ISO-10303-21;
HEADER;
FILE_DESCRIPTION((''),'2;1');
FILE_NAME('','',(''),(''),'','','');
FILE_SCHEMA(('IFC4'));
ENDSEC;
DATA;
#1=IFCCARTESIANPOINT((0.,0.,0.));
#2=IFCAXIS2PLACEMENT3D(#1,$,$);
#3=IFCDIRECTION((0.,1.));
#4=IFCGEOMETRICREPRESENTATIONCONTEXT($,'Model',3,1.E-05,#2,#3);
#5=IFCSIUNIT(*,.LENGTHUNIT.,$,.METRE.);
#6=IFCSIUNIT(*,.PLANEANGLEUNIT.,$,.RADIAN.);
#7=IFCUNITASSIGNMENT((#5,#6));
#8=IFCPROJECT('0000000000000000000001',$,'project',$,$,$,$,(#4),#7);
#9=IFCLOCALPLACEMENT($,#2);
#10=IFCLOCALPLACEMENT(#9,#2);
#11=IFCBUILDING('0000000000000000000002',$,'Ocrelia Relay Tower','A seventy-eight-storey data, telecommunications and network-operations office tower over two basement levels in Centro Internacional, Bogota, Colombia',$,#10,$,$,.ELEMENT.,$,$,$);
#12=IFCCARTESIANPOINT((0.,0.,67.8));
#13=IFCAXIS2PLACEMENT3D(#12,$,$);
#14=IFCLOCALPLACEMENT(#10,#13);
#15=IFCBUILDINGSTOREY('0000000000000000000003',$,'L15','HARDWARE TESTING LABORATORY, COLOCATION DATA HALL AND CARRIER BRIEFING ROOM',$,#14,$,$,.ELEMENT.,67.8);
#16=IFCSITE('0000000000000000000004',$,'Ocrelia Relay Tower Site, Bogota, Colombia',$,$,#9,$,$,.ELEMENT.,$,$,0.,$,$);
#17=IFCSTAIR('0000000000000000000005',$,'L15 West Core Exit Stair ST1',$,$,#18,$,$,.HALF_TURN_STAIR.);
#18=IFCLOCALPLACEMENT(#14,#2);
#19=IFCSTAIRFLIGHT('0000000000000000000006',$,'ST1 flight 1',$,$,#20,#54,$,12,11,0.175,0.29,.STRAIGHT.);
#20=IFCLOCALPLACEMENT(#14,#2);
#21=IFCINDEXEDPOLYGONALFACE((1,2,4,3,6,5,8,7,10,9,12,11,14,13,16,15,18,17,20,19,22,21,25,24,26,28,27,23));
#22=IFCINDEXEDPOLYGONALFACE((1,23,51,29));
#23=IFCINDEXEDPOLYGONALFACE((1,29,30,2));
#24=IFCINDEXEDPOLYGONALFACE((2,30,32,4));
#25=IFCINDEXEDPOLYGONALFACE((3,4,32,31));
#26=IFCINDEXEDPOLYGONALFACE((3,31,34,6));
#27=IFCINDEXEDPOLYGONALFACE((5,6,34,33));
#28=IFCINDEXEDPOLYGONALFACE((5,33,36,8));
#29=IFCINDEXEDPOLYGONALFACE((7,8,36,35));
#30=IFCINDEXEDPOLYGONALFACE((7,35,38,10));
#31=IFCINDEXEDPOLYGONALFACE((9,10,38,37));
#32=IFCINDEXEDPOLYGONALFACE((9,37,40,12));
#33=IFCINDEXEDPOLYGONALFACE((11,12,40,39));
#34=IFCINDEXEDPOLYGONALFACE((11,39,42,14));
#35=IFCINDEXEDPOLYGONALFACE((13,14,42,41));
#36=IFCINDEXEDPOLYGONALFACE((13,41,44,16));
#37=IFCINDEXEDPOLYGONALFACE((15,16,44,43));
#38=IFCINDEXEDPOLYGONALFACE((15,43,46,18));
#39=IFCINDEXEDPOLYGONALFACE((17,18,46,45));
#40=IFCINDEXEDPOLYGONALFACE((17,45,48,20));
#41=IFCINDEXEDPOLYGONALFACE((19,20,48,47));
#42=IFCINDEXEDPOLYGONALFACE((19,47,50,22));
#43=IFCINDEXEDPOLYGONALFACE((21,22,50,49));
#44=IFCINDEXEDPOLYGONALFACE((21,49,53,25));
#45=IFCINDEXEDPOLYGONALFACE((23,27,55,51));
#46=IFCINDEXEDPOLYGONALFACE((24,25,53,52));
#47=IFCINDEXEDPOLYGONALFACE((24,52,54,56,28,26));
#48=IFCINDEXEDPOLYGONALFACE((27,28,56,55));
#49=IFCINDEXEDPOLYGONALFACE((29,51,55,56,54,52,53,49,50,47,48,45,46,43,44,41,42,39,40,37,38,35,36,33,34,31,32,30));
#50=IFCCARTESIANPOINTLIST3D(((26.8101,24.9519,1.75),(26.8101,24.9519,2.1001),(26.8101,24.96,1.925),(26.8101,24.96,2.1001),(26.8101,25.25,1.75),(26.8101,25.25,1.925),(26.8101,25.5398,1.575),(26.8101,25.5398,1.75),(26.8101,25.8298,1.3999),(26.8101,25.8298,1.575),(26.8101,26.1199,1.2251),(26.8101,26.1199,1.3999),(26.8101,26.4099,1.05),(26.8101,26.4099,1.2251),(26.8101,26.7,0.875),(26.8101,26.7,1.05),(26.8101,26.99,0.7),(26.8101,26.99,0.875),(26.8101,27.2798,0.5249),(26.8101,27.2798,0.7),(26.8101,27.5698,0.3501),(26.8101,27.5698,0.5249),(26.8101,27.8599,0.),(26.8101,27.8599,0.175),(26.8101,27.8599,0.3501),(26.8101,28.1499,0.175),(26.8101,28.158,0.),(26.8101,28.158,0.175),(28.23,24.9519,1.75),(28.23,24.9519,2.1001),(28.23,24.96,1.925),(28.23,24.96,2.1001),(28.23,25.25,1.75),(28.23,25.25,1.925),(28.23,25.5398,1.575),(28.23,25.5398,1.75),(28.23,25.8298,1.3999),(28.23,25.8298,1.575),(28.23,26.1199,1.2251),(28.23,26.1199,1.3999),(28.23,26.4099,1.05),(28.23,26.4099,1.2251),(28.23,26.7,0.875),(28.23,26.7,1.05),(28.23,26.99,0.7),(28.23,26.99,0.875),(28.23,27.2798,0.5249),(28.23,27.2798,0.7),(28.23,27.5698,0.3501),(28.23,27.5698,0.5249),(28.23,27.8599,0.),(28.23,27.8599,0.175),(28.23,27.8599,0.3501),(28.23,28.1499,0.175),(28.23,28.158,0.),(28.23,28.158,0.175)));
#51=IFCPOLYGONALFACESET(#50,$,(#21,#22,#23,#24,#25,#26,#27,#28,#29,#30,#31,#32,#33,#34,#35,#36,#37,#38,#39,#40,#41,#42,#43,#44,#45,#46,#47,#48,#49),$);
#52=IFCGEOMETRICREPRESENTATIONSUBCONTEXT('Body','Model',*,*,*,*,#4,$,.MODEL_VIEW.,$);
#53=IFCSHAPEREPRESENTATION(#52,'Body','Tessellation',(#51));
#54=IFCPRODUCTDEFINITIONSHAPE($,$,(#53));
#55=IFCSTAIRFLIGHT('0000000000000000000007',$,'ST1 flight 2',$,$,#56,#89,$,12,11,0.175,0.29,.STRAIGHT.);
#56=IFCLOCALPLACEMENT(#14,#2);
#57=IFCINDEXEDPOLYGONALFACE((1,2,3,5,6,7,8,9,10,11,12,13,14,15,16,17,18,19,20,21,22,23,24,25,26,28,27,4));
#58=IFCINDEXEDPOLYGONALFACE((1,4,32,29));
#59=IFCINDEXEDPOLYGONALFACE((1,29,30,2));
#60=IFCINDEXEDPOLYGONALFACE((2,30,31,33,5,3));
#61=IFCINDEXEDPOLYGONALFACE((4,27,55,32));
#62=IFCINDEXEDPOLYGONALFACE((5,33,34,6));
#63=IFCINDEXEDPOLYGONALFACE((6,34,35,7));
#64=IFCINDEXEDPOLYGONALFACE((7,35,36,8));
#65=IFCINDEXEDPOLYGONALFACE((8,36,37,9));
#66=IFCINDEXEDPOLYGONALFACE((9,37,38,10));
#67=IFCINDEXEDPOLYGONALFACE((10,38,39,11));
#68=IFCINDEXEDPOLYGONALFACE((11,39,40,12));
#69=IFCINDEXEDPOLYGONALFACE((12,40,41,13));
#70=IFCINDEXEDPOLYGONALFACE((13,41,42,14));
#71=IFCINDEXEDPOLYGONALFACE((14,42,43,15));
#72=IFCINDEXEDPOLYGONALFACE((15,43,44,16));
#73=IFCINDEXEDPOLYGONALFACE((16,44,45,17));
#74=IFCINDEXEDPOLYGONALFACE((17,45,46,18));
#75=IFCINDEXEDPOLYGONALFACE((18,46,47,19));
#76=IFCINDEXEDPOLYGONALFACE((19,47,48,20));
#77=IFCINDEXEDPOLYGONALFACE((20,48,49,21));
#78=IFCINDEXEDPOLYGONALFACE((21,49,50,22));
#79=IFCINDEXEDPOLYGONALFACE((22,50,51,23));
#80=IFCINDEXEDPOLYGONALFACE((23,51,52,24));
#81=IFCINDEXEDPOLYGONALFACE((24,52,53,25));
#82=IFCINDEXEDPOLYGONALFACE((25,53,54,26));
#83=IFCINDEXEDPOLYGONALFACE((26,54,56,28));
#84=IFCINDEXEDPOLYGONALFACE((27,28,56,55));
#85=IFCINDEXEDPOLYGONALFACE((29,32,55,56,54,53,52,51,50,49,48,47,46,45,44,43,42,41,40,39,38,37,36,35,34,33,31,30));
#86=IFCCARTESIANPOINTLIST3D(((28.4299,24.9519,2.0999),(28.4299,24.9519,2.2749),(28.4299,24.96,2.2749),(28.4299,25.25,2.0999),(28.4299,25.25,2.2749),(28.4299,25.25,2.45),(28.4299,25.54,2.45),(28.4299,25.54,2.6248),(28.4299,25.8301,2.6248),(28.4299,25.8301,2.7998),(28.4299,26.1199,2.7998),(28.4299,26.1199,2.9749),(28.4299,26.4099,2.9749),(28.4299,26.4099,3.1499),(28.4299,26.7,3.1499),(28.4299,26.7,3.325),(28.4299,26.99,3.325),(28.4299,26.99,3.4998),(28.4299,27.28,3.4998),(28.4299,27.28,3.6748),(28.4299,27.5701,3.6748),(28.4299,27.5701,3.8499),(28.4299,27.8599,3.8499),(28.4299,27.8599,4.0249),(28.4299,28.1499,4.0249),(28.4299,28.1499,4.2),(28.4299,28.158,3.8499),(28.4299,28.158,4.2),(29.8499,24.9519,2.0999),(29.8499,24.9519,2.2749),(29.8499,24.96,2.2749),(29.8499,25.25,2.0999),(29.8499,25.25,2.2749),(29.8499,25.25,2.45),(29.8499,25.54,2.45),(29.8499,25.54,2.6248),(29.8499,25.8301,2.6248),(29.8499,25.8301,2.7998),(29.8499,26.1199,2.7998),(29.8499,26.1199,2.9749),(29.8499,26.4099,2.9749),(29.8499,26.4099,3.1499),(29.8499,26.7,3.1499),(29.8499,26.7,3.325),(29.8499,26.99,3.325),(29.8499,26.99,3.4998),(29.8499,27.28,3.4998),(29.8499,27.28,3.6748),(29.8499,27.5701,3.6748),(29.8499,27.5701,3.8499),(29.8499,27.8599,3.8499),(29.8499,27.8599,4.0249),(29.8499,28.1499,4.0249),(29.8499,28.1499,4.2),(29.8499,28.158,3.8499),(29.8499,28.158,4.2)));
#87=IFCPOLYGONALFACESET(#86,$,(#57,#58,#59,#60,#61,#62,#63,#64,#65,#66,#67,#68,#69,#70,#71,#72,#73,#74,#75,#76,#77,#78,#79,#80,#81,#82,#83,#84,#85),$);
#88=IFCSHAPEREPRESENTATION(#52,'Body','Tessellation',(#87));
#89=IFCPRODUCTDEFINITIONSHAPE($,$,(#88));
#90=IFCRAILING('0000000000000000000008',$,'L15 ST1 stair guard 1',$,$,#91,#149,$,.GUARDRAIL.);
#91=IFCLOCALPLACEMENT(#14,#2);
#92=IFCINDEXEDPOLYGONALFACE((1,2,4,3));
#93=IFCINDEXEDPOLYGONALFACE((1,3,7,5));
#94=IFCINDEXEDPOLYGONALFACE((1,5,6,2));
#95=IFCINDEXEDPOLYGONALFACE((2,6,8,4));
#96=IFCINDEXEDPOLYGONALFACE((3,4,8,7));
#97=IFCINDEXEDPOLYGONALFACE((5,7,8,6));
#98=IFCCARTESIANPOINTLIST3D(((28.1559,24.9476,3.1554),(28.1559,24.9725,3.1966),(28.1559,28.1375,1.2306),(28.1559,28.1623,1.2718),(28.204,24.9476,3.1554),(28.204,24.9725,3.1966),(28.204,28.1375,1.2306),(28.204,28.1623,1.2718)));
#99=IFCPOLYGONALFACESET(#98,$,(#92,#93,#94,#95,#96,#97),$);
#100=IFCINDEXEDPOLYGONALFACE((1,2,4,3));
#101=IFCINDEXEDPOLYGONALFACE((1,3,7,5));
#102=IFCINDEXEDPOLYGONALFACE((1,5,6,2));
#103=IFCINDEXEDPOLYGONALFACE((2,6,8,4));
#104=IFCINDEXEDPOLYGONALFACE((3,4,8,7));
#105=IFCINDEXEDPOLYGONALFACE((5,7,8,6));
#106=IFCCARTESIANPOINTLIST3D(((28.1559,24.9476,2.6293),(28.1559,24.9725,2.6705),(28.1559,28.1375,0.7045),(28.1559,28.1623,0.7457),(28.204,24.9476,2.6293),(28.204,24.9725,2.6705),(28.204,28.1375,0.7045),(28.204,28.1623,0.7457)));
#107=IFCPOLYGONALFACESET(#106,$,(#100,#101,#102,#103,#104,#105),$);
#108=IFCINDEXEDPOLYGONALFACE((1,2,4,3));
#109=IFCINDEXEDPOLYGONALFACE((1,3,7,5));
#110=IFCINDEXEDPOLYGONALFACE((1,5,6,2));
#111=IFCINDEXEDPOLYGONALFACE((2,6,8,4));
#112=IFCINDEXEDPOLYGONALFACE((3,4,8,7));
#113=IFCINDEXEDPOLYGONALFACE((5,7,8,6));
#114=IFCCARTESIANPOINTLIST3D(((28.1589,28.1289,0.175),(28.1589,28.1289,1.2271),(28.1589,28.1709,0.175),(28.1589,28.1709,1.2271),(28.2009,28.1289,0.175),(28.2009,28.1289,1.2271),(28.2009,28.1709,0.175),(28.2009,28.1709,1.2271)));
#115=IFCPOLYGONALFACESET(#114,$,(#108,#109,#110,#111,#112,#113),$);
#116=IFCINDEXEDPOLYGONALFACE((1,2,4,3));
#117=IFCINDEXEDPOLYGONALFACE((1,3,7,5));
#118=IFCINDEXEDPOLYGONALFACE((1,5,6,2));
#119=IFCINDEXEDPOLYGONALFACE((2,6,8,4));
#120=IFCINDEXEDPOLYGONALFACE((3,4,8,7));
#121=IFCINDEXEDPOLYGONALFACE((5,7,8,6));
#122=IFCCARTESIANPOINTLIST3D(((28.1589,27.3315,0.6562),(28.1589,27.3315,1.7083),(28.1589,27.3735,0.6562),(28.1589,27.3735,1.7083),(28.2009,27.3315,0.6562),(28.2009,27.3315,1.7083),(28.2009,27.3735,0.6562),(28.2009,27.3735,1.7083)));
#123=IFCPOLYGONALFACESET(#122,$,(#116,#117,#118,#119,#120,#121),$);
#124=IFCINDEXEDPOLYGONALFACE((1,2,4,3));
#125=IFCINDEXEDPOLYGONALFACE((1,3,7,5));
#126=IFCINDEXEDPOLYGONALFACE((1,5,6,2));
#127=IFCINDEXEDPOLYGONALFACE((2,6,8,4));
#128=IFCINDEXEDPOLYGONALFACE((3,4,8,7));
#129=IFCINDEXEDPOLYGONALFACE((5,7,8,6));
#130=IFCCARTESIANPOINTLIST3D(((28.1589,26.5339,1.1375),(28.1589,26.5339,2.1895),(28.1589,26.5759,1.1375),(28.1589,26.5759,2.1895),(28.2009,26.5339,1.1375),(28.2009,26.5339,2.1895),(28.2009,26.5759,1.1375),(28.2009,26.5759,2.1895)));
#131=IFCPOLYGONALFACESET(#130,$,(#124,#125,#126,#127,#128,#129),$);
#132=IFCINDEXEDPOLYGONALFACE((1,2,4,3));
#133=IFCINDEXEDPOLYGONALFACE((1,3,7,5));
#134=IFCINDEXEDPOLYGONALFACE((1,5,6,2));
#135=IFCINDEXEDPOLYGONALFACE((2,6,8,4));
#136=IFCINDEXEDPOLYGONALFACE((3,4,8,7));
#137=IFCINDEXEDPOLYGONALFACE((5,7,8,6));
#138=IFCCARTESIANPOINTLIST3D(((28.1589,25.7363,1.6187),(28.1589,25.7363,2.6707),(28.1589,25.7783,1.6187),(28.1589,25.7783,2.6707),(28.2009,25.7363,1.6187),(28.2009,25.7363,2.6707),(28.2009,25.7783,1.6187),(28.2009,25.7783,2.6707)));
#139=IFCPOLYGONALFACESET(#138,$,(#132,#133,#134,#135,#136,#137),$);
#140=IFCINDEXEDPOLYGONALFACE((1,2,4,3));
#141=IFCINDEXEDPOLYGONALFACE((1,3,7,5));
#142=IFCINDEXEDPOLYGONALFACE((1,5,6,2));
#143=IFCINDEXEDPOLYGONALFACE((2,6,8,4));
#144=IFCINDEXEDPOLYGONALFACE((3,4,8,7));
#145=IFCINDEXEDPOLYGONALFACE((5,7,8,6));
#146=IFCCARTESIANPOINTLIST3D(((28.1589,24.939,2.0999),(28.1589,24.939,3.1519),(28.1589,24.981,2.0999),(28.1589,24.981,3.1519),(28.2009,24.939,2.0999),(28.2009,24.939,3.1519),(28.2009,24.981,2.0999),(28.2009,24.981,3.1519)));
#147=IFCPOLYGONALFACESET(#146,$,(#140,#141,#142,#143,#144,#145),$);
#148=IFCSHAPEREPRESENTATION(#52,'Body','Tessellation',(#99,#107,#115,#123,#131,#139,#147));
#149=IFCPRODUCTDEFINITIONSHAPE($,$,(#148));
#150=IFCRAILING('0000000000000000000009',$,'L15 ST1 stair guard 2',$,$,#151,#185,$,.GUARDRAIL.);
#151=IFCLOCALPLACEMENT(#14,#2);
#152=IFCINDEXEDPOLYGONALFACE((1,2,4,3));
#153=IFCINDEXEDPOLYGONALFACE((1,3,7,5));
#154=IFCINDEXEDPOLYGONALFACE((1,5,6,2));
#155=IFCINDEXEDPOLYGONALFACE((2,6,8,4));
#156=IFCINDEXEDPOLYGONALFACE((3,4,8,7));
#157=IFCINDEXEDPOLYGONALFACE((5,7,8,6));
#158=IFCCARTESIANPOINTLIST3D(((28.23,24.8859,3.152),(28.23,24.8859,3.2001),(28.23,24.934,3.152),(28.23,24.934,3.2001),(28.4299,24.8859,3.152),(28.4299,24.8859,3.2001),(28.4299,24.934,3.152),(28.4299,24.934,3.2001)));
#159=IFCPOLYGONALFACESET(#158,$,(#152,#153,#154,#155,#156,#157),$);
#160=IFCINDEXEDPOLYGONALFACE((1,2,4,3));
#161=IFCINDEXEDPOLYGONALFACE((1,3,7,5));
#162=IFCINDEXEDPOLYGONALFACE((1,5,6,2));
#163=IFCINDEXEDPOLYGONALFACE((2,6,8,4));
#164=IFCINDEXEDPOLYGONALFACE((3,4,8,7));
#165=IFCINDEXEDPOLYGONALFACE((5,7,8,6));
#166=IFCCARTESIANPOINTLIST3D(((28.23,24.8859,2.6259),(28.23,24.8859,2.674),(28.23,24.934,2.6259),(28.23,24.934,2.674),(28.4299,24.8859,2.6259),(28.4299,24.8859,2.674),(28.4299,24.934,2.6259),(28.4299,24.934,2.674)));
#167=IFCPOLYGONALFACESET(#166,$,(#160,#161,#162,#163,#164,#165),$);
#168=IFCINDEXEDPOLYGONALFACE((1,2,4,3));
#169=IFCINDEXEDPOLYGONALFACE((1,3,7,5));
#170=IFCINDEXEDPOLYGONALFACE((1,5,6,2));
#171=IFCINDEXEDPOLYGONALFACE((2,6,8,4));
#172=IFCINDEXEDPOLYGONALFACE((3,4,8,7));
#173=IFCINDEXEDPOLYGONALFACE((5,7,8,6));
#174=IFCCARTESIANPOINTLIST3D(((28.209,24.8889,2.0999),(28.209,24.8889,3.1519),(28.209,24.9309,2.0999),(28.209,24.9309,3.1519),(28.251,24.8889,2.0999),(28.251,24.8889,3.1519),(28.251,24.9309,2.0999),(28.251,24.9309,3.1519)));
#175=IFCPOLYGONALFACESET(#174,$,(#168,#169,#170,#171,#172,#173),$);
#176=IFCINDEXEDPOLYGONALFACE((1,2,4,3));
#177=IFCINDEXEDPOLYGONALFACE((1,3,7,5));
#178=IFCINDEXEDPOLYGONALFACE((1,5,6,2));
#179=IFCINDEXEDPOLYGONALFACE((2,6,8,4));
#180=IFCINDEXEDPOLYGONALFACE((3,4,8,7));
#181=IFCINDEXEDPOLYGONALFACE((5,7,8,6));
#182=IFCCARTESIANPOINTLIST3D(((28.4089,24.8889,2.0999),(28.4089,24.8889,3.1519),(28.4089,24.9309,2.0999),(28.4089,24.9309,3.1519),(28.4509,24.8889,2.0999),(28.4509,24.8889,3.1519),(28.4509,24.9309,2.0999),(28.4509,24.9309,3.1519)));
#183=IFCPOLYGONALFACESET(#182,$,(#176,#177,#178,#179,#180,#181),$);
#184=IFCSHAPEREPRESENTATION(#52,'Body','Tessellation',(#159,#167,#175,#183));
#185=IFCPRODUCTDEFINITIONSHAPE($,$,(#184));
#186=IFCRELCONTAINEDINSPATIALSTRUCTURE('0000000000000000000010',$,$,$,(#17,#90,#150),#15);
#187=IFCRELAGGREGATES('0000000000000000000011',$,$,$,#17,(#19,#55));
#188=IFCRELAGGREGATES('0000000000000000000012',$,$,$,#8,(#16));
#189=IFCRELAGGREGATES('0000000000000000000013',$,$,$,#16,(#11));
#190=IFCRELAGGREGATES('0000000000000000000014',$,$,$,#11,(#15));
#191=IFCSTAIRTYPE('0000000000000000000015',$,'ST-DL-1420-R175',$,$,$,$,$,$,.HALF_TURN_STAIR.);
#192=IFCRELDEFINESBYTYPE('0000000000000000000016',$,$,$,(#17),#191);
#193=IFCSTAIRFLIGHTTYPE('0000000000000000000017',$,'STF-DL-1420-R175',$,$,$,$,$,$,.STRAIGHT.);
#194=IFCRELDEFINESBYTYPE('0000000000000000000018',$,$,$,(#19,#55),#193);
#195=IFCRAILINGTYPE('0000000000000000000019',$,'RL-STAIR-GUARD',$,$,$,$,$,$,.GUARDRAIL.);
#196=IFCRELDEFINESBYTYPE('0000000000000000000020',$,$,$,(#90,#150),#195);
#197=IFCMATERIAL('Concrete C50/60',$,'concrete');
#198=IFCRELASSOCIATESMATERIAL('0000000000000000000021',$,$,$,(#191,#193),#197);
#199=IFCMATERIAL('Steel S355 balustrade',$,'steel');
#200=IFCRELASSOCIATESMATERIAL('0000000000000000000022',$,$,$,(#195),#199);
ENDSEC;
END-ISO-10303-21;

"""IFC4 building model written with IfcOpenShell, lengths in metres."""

from ifc_helpers import new_model, si_unit, direction, frame, origin, origin_2d, place, context, subcontext, project, spatial, polyline, rectangle, outline, extrude, material, type_object, element, aggregate, save


model = new_model("IFC4")

# Units and contexts
model_context = context("Model", 3, precision=1e-05, world=origin(), true_north=direction((0.0, 1.0)))
body_context = subcontext(model_context, "Body", "Model", "MODEL_VIEW")
ifc_project = project(units=[si_unit("LENGTHUNIT", "METRE"), si_unit("PLANEANGLEUNIT", "RADIAN")], contexts=[model_context])

# Site, building, storey
site_placement = place(None, origin())
site = spatial("IfcSite", under=ifc_project, at=site_placement, Name="Ocrelia Relay Tower Site, Bogota, Colombia", CompositionType="ELEMENT", RefElevation=0.0)
building_placement = place(site_placement, origin())
building = spatial("IfcBuilding", under=site, at=building_placement, Name="Ocrelia Relay Tower", Description="A seventy-eight-storey data, telecommunications and network-operations office tower over two basement levels in Centro Internacional, Bogota, Colombia", CompositionType="ELEMENT")
storey_placement = place(building_placement, frame((0.0, 0.0, 67.8)))
storey = spatial("IfcBuildingStorey", under=building, at=storey_placement, Name="L15", Description="HARDWARE TESTING LABORATORY, COLOCATION DATA HALL AND CARRIER BRIEFING ROOM", CompositionType="ELEMENT", Elevation=67.8)

# Shared definitions
ifc_material_1 = material(Name="Concrete C50/60", Category="concrete")

# Stair, stair flights
stair_type = type_object("IfcStairType", Name="ST-DL-1420-R175", PredefinedType="HALF_TURN_STAIR", material=ifc_material_1)
stair_placement = place(storey_placement, origin())
stair = element("IfcStair", 1, at=stair_placement, inside=storey, type_object=stair_type, Name="L15 West Core Exit Stair ST1", PredefinedType="HALF_TURN_STAIR")
stair_flight_type = type_object("IfcStairFlightType", Name="STF-DL-1420-R175", PredefinedType="STRAIGHT", material=ifc_material_1)
stair_flight_1_placement = place(storey_placement, frame((27.52, 28.1499, 0.0), z_axis=(0.0, 0.0, 1.0), x_axis=(0.0, -1.0, 0.0)))
stair_flight_1 = element("IfcStairFlight", 2, at=stair_flight_1_placement, type_object=stair_flight_type, Name="ST1 flight 1", NumberOfRisers=12, NumberOfTreads=11, PredefinedType="STRAIGHT", RiserHeight=0.175, TreadLength=0.29, context=body_context, shape_type="SweptSolid", body=[
    extrude(outline(polyline([(-0.0081, 0.0), (-0.0081, 0.175), (0.0, 0.175), (0.29, 0.175), (0.29, 0.3501), (0.5801, 0.3501), (0.5801, 0.5249), (0.8701, 0.5249), (0.8701, 0.7), (1.1599, 0.7), (1.1599, 0.875), (1.45, 0.875), (1.45, 1.05), (1.74, 1.05), (1.74, 1.2251), (2.03, 1.2251), (2.03, 1.3999), (2.3201, 1.3999), (2.3201, 1.575), (2.6101, 1.575), (2.6101, 1.75), (2.8999, 1.75), (2.8999, 1.925), (3.1899, 1.925), (3.1899, 2.1001), (3.198, 2.1001), (3.198, 1.75), (0.29, 0.0), (-0.0081, 0.0)])), frame((0.0, 0.71, 0.0), z_axis=(0.0, -1.0, 0.0), x_axis=(1.0, 0.0, 0.0)), (0.0, 0.0, 1.0), 1.4199),
])
stair_flight_2_placement = place(storey_placement, frame((29.1399, 24.96, 2.0999), z_axis=(0.0, 0.0, 1.0), x_axis=(0.0, 1.0, 0.0)))
stair_flight_2 = element("IfcStairFlight", 3, at=stair_flight_2_placement, type_object=stair_flight_type, Name="ST1 flight 2", NumberOfRisers=12, NumberOfTreads=11, PredefinedType="STRAIGHT", RiserHeight=0.175, TreadLength=0.29, context=body_context, shape_type="SweptSolid", body=[
    extrude(outline(polyline([(-0.0081, 0.0), (-0.0081, 0.175), (0.0, 0.175), (0.29, 0.175), (0.29, 0.3501), (0.5801, 0.3501), (0.5801, 0.5249), (0.8701, 0.5249), (0.8701, 0.7), (1.1599, 0.7), (1.1599, 0.875), (1.45, 0.875), (1.45, 1.05), (1.74, 1.05), (1.74, 1.2251), (2.03, 1.2251), (2.03, 1.3999), (2.3201, 1.3999), (2.3201, 1.575), (2.6101, 1.575), (2.6101, 1.75), (2.8999, 1.75), (2.8999, 1.925), (3.1899, 1.925), (3.1899, 2.1001), (3.198, 2.1001), (3.198, 1.75), (0.29, 0.0), (-0.0081, 0.0)])), frame((0.0, 0.71, 0.0), z_axis=(0.0, -1.0, 0.0), x_axis=(1.0, 0.0, 0.0)), (0.0, 0.0, 1.0), 1.4199),
])
aggregate(stair, [stair_flight_1, stair_flight_2])

# Railings
ifc_material_2 = material(Name="Steel S355 balustrade", Category="steel")
railing_type_1 = type_object("IfcRailingType", Name="RL-STAIR-GUARD", PredefinedType="GUARDRAIL", material=ifc_material_2)
railing_1_placement = place(storey_placement, frame((28.1799, 28.1499, 0.175)))
element("IfcRailing", 4, at=railing_1_placement, inside=storey, type_object=railing_type_1, Name="L15 ST1 stair guard 1", PredefinedType="GUARDRAIL", context=body_context, shape_type="SweptSolid", body=[
    extrude(rectangle(XDim=0.0481, YDim=0.0481, at=origin_2d()), frame((0.0, 0.0, 1.0762), z_axis=(0.0, -0.856207, 0.516633), x_axis=(1.0, 0.0, 0.0)), (0.0, 0.0, 1.0), 3.7256),
    extrude(rectangle(XDim=0.0481, YDim=0.0481, at=origin_2d()), frame((0.0, 0.0, 0.55), z_axis=(0.0, -0.856207, 0.516633), x_axis=(1.0, 0.0, 0.0)), (0.0, 0.0, 1.0), 3.7256),
    extrude(rectangle(XDim=0.042, YDim=0.042, at=origin_2d()), origin(), (0.0, 0.0, 1.0), 1.052),
    extrude(rectangle(XDim=0.042, YDim=0.042, at=origin_2d()), frame((0.0, -0.7974, 0.4812)), (0.0, 0.0, 1.0), 1.052),
    extrude(rectangle(XDim=0.042, YDim=0.042, at=origin_2d()), frame((0.0, -1.595, 0.9624)), (0.0, 0.0, 1.0), 1.052),
    extrude(rectangle(XDim=0.042, YDim=0.042, at=origin_2d()), frame((0.0, -2.3926, 1.4436)), (0.0, 0.0, 1.0), 1.052),
    extrude(rectangle(XDim=0.042, YDim=0.042, at=origin_2d()), frame((0.0, -3.1899, 1.9248)), (0.0, 0.0, 1.0), 1.052),
])
railing_2_placement = place(storey_placement, frame((28.23, 24.9099, 2.0999)))
element("IfcRailing", 5, at=railing_2_placement, inside=storey, type_object=railing_type_1, Name="L15 ST1 stair guard 2", PredefinedType="GUARDRAIL", context=body_context, shape_type="SweptSolid", body=[
    extrude(rectangle(XDim=0.0481, YDim=0.0481, at=origin_2d()), frame((0.0, 0.0, 1.0762), z_axis=(1.0, 0.0, 0.0), x_axis=(0.0, 1.0, 0.0)), (0.0, 0.0, 1.0), 0.2),
    extrude(rectangle(XDim=0.0481, YDim=0.0481, at=origin_2d()), frame((0.0, 0.0, 0.55), z_axis=(1.0, 0.0, 0.0), x_axis=(0.0, 1.0, 0.0)), (0.0, 0.0, 1.0), 0.2),
    extrude(rectangle(XDim=0.042, YDim=0.042, at=origin_2d()), origin(), (0.0, 0.0, 1.0), 1.052),
    extrude(rectangle(XDim=0.042, YDim=0.042, at=origin_2d()), frame((0.2, 0.0, 0.0)), (0.0, 0.0, 1.0), 1.052),
])

save(model, "model.ifc")
